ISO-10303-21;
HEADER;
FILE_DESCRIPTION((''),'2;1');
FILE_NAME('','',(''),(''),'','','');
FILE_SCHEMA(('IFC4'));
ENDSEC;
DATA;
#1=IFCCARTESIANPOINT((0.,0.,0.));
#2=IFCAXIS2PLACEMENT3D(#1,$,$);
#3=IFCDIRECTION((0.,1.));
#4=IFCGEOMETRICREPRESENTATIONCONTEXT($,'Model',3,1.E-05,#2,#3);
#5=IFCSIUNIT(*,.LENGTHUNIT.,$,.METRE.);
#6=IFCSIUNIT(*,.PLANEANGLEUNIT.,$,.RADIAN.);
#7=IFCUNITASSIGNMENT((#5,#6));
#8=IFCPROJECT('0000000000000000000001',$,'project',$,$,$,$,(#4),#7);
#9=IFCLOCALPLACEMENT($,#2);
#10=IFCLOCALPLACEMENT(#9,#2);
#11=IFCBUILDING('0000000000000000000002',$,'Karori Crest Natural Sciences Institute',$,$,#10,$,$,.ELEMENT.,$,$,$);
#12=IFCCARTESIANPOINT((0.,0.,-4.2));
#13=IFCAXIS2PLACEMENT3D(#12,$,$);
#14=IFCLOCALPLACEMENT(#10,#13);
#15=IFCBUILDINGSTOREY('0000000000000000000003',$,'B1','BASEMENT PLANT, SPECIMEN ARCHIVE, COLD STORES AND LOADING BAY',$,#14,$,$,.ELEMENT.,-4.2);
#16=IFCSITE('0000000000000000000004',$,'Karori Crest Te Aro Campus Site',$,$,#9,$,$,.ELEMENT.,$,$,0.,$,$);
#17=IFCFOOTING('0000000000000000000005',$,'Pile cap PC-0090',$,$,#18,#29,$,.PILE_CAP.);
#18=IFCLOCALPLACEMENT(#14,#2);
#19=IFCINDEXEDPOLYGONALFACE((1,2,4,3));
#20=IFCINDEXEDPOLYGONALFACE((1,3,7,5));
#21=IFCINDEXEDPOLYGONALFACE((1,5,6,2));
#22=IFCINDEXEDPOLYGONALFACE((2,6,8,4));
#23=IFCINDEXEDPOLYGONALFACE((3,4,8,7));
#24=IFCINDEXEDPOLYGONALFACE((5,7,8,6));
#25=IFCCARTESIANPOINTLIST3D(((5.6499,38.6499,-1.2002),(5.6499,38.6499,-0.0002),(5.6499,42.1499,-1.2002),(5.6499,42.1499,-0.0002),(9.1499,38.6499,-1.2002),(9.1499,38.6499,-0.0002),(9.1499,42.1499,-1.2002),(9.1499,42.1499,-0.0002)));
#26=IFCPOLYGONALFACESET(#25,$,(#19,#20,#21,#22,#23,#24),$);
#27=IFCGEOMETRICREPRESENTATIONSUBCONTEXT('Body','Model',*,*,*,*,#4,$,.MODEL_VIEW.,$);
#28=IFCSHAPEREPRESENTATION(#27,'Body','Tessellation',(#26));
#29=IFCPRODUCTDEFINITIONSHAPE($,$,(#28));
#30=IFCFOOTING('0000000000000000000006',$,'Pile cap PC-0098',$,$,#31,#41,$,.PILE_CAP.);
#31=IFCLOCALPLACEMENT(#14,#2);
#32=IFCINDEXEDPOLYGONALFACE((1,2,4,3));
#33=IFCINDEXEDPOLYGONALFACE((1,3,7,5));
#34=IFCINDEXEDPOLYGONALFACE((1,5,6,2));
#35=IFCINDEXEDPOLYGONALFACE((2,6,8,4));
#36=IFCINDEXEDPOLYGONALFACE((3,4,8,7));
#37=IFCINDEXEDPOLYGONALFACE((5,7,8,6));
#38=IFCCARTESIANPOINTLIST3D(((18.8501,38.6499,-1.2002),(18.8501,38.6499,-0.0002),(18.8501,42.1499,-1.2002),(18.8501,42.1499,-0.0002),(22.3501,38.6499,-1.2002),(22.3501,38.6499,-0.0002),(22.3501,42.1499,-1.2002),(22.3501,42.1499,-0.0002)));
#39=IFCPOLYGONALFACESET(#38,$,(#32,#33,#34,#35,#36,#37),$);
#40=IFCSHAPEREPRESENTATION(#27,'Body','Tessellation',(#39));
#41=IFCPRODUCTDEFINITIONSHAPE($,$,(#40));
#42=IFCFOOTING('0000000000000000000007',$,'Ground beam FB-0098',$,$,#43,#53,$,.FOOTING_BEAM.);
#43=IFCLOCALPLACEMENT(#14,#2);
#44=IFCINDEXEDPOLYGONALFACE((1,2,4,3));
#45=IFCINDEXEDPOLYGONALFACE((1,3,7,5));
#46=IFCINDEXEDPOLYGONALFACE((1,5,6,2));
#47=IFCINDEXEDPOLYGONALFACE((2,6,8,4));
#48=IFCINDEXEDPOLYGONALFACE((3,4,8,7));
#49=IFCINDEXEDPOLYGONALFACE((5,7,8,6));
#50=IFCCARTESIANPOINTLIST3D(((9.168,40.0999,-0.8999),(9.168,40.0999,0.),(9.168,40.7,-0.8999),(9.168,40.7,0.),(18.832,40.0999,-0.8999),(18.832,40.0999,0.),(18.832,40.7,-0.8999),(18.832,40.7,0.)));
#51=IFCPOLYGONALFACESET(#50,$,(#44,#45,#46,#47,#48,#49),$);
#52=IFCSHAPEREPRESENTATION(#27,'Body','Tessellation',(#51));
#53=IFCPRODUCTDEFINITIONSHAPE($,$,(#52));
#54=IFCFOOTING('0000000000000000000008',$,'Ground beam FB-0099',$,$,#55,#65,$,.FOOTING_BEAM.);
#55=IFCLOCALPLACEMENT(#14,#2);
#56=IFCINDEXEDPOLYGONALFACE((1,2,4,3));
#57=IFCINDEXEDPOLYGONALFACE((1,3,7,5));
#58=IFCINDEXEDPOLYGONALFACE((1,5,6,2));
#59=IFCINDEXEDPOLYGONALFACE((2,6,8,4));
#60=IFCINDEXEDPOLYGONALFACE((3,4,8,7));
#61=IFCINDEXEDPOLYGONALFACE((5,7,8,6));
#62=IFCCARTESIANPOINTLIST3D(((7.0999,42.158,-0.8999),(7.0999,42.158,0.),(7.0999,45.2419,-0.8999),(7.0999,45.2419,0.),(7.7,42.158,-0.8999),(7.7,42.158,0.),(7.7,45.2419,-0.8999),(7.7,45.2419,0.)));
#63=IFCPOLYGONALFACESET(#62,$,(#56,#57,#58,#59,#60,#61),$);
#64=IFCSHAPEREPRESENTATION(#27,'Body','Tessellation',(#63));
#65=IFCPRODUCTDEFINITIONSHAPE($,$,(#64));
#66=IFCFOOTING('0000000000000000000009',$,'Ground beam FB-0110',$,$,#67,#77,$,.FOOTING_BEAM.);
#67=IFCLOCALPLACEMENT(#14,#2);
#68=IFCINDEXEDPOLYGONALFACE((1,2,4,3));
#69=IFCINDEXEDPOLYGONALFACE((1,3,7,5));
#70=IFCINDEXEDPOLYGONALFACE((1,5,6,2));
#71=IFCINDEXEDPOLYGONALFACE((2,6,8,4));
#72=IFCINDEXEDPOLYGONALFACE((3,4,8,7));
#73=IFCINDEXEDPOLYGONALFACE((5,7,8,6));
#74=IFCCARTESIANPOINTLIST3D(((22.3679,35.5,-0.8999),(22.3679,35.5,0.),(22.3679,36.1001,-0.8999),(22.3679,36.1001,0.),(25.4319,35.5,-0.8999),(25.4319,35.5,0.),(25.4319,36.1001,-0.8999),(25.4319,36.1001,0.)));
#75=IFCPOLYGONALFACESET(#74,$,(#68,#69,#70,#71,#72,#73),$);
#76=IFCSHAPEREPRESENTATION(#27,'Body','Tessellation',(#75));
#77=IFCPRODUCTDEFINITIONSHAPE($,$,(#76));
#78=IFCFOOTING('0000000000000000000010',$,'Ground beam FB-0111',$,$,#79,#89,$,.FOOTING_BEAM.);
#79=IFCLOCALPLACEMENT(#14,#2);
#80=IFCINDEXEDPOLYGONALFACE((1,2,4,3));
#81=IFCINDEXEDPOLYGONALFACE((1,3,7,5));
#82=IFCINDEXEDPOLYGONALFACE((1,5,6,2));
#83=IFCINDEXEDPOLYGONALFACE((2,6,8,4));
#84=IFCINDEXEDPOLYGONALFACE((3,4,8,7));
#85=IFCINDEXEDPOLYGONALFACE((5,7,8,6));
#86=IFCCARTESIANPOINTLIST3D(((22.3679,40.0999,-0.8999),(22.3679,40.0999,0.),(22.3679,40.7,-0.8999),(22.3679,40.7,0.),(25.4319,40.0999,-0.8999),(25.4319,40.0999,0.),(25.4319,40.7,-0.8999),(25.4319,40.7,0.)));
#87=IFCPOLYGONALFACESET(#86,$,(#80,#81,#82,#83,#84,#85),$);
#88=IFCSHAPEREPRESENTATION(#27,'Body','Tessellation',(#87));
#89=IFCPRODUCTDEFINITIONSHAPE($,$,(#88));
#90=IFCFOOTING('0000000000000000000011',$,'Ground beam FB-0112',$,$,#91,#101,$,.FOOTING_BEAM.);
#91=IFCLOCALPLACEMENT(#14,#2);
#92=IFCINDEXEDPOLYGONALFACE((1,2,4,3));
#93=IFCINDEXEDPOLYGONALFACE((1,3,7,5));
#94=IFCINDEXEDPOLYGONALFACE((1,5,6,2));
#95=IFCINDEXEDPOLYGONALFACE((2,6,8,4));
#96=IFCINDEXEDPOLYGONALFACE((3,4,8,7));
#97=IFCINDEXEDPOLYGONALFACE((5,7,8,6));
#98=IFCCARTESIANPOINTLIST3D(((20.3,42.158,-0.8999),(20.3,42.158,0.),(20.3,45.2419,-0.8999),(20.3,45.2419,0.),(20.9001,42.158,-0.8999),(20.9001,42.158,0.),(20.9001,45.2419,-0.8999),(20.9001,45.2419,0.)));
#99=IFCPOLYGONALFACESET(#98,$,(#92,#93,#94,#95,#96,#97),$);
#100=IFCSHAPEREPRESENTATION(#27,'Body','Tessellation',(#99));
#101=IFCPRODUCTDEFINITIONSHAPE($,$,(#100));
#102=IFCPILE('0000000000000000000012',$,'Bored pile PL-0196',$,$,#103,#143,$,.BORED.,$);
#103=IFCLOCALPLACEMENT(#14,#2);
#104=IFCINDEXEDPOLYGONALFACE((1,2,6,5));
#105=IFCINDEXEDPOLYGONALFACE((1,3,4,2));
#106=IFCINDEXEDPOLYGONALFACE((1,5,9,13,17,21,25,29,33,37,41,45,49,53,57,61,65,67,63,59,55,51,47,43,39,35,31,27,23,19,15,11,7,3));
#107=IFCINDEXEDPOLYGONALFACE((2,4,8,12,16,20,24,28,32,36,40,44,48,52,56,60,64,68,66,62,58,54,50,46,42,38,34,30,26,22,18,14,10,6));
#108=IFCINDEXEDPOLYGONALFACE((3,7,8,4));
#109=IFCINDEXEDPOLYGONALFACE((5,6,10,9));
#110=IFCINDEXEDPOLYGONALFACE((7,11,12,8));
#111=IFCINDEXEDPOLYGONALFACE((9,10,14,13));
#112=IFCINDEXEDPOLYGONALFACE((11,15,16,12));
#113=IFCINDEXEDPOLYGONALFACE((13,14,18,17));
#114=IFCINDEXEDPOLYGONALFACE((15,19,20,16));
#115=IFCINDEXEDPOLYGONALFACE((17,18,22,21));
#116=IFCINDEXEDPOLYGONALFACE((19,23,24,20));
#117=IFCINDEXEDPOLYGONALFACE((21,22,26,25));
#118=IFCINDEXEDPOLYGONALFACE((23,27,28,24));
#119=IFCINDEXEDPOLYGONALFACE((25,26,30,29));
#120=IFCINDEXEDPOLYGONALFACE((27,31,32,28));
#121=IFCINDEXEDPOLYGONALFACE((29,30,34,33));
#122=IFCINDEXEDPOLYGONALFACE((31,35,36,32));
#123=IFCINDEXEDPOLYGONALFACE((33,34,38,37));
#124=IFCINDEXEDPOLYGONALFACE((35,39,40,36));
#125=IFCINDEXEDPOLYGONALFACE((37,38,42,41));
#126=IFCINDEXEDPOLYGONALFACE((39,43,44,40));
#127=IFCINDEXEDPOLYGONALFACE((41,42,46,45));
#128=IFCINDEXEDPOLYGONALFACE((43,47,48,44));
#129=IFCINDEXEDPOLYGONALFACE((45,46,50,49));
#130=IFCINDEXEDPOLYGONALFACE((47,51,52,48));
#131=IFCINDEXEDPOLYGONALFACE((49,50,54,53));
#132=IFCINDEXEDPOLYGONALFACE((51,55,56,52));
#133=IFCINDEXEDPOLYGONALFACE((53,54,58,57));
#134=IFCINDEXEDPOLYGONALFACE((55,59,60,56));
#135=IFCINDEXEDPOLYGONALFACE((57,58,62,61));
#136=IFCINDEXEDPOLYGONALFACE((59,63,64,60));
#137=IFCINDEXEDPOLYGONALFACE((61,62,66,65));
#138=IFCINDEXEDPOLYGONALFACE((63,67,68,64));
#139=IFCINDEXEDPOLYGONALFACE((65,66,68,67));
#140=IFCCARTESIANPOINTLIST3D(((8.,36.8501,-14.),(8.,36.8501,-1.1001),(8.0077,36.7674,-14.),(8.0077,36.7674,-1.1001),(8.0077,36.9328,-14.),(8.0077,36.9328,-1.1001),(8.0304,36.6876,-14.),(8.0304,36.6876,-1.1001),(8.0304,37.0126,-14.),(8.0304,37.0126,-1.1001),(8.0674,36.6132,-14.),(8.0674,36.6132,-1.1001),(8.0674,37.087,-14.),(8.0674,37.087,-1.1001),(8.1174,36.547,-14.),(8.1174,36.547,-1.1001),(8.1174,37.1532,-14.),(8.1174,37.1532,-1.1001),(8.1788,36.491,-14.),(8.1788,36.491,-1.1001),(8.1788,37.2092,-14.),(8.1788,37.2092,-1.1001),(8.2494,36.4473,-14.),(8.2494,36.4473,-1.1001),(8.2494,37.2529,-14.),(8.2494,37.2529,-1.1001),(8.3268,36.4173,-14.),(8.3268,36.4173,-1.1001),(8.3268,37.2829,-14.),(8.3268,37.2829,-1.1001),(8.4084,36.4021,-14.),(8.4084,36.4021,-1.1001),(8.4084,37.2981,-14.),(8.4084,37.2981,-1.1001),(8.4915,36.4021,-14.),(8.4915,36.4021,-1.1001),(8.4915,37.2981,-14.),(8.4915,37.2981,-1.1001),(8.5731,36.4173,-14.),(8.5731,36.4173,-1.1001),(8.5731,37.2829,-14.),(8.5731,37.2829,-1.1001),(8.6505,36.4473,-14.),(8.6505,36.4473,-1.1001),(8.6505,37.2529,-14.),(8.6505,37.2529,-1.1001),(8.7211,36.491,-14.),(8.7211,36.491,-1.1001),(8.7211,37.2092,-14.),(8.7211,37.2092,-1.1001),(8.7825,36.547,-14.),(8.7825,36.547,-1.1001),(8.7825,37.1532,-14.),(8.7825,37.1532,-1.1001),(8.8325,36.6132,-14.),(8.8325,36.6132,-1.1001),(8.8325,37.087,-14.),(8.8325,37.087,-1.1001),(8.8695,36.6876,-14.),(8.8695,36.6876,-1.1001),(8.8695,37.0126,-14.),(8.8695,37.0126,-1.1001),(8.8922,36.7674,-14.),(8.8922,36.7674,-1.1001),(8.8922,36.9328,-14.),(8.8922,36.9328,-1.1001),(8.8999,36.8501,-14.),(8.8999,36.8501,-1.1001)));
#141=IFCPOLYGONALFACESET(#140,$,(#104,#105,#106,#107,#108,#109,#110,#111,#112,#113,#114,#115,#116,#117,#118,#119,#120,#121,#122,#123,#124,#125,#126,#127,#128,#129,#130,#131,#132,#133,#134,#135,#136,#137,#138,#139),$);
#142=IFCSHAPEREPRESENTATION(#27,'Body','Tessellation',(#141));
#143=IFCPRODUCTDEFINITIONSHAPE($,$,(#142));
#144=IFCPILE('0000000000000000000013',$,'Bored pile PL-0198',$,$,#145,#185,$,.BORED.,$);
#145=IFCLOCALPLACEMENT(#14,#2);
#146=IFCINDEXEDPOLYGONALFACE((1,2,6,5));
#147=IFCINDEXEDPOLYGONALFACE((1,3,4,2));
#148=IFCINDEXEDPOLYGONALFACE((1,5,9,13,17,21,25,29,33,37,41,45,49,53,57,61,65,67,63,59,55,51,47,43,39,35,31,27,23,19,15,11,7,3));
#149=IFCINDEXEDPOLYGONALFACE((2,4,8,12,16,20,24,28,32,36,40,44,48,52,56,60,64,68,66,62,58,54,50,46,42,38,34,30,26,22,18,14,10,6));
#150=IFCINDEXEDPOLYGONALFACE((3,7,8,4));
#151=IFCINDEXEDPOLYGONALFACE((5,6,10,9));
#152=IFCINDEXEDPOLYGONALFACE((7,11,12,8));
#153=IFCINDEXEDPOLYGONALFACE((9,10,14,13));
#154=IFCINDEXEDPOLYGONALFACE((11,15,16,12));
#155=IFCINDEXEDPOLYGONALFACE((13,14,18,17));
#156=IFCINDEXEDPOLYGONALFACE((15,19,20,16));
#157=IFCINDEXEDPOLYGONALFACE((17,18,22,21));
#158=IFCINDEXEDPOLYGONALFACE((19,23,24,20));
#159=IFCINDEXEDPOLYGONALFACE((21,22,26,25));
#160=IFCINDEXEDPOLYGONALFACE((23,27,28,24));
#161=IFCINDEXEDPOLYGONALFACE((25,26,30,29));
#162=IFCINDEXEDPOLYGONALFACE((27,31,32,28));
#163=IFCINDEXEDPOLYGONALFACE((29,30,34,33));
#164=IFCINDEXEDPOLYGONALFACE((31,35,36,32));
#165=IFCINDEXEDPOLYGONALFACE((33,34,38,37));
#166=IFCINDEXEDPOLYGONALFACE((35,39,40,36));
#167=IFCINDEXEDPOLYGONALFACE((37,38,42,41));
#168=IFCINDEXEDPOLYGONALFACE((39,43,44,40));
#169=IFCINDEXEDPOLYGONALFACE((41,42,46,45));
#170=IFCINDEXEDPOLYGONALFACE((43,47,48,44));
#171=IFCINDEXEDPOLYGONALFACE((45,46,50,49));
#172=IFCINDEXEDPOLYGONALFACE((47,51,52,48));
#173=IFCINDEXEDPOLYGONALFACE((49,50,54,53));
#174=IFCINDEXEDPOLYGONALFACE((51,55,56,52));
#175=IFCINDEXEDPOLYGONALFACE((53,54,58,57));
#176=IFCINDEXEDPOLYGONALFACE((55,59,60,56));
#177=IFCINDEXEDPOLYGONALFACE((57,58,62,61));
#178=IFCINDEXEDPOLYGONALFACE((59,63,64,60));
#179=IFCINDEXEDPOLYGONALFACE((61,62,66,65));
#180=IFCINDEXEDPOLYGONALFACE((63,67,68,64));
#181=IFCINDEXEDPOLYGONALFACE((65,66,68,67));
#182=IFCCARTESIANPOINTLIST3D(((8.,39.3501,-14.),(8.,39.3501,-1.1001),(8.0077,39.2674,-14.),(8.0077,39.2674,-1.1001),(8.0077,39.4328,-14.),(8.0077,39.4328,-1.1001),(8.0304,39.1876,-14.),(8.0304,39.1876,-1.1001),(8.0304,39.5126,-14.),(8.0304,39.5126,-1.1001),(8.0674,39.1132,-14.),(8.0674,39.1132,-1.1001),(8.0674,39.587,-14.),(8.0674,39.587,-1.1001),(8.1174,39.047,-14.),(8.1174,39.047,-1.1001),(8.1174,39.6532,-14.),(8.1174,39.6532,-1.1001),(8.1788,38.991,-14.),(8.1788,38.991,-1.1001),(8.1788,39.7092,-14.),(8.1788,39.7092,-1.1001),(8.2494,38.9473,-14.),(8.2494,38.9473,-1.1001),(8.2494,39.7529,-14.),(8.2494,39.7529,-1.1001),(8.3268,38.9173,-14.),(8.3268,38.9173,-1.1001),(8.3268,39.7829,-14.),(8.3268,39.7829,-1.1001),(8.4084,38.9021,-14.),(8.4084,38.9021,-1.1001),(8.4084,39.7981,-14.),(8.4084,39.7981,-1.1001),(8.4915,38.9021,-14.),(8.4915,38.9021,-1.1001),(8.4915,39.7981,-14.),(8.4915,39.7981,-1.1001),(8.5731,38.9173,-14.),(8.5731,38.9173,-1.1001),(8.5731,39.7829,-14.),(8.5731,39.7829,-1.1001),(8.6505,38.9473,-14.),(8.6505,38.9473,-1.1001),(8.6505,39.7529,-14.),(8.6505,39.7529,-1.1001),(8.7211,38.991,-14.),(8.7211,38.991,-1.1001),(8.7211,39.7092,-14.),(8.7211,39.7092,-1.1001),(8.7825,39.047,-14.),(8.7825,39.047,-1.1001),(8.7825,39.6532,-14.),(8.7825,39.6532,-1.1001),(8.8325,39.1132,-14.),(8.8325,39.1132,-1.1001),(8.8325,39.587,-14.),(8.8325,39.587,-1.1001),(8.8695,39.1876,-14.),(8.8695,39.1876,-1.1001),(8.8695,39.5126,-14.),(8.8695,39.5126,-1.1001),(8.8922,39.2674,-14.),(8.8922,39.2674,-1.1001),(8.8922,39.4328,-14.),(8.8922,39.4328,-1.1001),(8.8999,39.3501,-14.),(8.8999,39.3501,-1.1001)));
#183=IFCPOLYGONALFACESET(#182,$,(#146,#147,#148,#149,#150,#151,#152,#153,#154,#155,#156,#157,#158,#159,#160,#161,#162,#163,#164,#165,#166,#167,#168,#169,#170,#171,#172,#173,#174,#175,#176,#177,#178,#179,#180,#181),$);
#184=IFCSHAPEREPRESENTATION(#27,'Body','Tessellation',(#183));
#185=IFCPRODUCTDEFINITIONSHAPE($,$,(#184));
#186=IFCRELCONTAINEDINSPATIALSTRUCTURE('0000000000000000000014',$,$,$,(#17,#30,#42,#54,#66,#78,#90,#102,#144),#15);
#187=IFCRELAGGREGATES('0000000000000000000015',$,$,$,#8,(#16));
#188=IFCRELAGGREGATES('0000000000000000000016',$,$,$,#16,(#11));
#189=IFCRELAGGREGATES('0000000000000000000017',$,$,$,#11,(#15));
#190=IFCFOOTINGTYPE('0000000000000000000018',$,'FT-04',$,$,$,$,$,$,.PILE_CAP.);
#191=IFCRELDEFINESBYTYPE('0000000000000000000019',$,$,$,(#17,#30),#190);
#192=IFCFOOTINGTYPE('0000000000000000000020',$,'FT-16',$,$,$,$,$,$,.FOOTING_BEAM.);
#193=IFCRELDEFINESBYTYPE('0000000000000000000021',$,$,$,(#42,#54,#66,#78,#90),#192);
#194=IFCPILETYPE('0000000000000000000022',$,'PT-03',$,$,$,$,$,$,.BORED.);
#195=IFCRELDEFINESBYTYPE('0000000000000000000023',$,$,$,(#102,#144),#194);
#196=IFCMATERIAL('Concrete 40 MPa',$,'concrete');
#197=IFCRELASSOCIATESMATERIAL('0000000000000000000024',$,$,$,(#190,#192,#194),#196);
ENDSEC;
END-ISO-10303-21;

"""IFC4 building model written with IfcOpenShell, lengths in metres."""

from ifc_helpers import new_model, si_unit, direction, frame, origin, origin_2d, place, context, subcontext, project, spatial, rectangle, circle, extrude, material, material_profile, profile_set, type_object, element, save


model = new_model("IFC4")

# Units and contexts
model_context = context("Model", 3, precision=1e-05, world=origin(), true_north=direction((0.0, 1.0)))
body_context = subcontext(model_context, "Body", "Model", "MODEL_VIEW")
ifc_project = project(units=[si_unit("LENGTHUNIT", "METRE"), si_unit("PLANEANGLEUNIT", "RADIAN")], contexts=[model_context])

# Site, building, storey
site_placement = place(None, origin())
site = spatial("IfcSite", under=ifc_project, at=site_placement, Name="Karori Crest Te Aro Campus Site", CompositionType="ELEMENT", RefElevation=0.0)
building_placement = place(site_placement, origin())
building = spatial("IfcBuilding", under=site, at=building_placement, Name="Karori Crest Natural Sciences Institute", CompositionType="ELEMENT")
storey_placement = place(building_placement, frame((0.0, 0.0, -4.2)))
storey = spatial("IfcBuildingStorey", under=building, at=storey_placement, Name="B1", Description="BASEMENT PLANT, SPECIMEN ARCHIVE, COLD STORES AND LOADING BAY", CompositionType="ELEMENT", Elevation=-4.2)

# Footings
ifc_material_1 = material(Name="Concrete 40 MPa", Category="concrete")
footing_type_1 = type_object("IfcFootingType", Name="FT-04", PredefinedType="PILE_CAP", material=ifc_material_1)
for number, where, z_axis, x_axis, name in (
    (1, (7.3999, 40.3999, -1.2002), (0.0, 0.0, 1.0), (1.0, 0.0, 0.0), "Pile cap PC-0090"),
    (2, (20.6001, 40.3999, -1.2002), (0.0, 0.0, 1.0), (1.0, 0.0, 0.0), "Pile cap PC-0098"),
):
    element("IfcFooting", number, at=place(storey_placement, frame(where, z_axis=z_axis, x_axis=x_axis)), inside=storey, type_object=footing_type_1, Name=name, PredefinedType="PILE_CAP", context=body_context, shape_type="SweptSolid", body=[
        extrude(rectangle(XDim=3.5, YDim=3.5, at=origin_2d()), origin(), (0.0, 0.0, 1.0), 1.2),
    ])
footing_type_2 = type_object("IfcFootingType", Name="FT-16", PredefinedType="FOOTING_BEAM", material=ifc_material_1)
footing_1_placement = place(storey_placement, frame((14.0, 40.3999, -0.8999), z_axis=(0.0, 0.0, 1.0), x_axis=(1.0, 0.0, 0.0)))
element("IfcFooting", 3, at=footing_1_placement, inside=storey, type_object=footing_type_2, Name="Ground beam FB-0098", PredefinedType="FOOTING_BEAM", context=body_context, shape_type="SweptSolid", body=[
    extrude(rectangle(XDim=9.6641, YDim=0.6001, at=origin_2d()), origin(), (0.0, 0.0, 1.0), 0.8999),
])
footing_2_placement = place(storey_placement, frame((7.3999, 43.7, -0.8999), z_axis=(0.0, 0.0, 1.0), x_axis=(0.0, 1.0, 0.0)))
element("IfcFooting", 4, at=footing_2_placement, inside=storey, type_object=footing_type_2, Name="Ground beam FB-0099", PredefinedType="FOOTING_BEAM", context=body_context, shape_type="SweptSolid", body=[
    extrude(rectangle(XDim=3.084, YDim=0.6001, at=origin_2d()), origin(), (0.0, 0.0, 1.0), 0.8999),
])
for number, where, z_axis, x_axis, name in (
    (5, (23.8999, 35.8, -0.8999), (0.0, 0.0, 1.0), (1.0, 0.0, 0.0), "Ground beam FB-0110"),
    (6, (23.8999, 40.3999, -0.8999), (0.0, 0.0, 1.0), (1.0, 0.0, 0.0), "Ground beam FB-0111"),
):
    element("IfcFooting", number, at=place(storey_placement, frame(where, z_axis=z_axis, x_axis=x_axis)), inside=storey, type_object=footing_type_2, Name=name, PredefinedType="FOOTING_BEAM", context=body_context, shape_type="SweptSolid", body=[
        extrude(rectangle(XDim=3.064, YDim=0.6001, at=origin_2d()), origin(), (0.0, 0.0, 1.0), 0.8999),
    ])
footing_3_placement = place(storey_placement, frame((20.6001, 43.7, -0.8999), z_axis=(0.0, 0.0, 1.0), x_axis=(0.0, 1.0, 0.0)))
element("IfcFooting", 7, at=footing_3_placement, inside=storey, type_object=footing_type_2, Name="Ground beam FB-0112", PredefinedType="FOOTING_BEAM", context=body_context, shape_type="SweptSolid", body=[
    extrude(rectangle(XDim=3.084, YDim=0.6001, at=origin_2d()), origin(), (0.0, 0.0, 1.0), 0.8999),
])

# Piles
ifc_material_profile_1 = material_profile(ifc_material_1, circle(Radius=0.45, at=origin_2d()), Name="PILE900")
ifc_profile_set_1 = profile_set([ifc_material_profile_1], Name="Concrete 40 MPa")
pile_type = type_object("IfcPileType", Name="PT-03", PredefinedType="BORED", material=ifc_profile_set_1)
for number, where, z_axis, x_axis, name in (
    (8, (8.45, 36.8501, -1.1001), (0.0, 0.0, -1.0), (1.0, 0.0, 0.0), "Bored pile PL-0196"),
    (9, (8.45, 39.3501, -1.1001), (0.0, 0.0, -1.0), (1.0, 0.0, 0.0), "Bored pile PL-0198"),
):
    element("IfcPile", number, at=place(storey_placement, frame(where, z_axis=z_axis, x_axis=x_axis)), inside=storey, type_object=pile_type, Name=name, PredefinedType="BORED", context=body_context, shape_type="SweptSolid", body=[
        extrude(circle(Radius=0.45, at=origin_2d()), origin(), (0.0, 0.0, 1.0), 12.8999),
    ])

save(model, "model.ifc")
